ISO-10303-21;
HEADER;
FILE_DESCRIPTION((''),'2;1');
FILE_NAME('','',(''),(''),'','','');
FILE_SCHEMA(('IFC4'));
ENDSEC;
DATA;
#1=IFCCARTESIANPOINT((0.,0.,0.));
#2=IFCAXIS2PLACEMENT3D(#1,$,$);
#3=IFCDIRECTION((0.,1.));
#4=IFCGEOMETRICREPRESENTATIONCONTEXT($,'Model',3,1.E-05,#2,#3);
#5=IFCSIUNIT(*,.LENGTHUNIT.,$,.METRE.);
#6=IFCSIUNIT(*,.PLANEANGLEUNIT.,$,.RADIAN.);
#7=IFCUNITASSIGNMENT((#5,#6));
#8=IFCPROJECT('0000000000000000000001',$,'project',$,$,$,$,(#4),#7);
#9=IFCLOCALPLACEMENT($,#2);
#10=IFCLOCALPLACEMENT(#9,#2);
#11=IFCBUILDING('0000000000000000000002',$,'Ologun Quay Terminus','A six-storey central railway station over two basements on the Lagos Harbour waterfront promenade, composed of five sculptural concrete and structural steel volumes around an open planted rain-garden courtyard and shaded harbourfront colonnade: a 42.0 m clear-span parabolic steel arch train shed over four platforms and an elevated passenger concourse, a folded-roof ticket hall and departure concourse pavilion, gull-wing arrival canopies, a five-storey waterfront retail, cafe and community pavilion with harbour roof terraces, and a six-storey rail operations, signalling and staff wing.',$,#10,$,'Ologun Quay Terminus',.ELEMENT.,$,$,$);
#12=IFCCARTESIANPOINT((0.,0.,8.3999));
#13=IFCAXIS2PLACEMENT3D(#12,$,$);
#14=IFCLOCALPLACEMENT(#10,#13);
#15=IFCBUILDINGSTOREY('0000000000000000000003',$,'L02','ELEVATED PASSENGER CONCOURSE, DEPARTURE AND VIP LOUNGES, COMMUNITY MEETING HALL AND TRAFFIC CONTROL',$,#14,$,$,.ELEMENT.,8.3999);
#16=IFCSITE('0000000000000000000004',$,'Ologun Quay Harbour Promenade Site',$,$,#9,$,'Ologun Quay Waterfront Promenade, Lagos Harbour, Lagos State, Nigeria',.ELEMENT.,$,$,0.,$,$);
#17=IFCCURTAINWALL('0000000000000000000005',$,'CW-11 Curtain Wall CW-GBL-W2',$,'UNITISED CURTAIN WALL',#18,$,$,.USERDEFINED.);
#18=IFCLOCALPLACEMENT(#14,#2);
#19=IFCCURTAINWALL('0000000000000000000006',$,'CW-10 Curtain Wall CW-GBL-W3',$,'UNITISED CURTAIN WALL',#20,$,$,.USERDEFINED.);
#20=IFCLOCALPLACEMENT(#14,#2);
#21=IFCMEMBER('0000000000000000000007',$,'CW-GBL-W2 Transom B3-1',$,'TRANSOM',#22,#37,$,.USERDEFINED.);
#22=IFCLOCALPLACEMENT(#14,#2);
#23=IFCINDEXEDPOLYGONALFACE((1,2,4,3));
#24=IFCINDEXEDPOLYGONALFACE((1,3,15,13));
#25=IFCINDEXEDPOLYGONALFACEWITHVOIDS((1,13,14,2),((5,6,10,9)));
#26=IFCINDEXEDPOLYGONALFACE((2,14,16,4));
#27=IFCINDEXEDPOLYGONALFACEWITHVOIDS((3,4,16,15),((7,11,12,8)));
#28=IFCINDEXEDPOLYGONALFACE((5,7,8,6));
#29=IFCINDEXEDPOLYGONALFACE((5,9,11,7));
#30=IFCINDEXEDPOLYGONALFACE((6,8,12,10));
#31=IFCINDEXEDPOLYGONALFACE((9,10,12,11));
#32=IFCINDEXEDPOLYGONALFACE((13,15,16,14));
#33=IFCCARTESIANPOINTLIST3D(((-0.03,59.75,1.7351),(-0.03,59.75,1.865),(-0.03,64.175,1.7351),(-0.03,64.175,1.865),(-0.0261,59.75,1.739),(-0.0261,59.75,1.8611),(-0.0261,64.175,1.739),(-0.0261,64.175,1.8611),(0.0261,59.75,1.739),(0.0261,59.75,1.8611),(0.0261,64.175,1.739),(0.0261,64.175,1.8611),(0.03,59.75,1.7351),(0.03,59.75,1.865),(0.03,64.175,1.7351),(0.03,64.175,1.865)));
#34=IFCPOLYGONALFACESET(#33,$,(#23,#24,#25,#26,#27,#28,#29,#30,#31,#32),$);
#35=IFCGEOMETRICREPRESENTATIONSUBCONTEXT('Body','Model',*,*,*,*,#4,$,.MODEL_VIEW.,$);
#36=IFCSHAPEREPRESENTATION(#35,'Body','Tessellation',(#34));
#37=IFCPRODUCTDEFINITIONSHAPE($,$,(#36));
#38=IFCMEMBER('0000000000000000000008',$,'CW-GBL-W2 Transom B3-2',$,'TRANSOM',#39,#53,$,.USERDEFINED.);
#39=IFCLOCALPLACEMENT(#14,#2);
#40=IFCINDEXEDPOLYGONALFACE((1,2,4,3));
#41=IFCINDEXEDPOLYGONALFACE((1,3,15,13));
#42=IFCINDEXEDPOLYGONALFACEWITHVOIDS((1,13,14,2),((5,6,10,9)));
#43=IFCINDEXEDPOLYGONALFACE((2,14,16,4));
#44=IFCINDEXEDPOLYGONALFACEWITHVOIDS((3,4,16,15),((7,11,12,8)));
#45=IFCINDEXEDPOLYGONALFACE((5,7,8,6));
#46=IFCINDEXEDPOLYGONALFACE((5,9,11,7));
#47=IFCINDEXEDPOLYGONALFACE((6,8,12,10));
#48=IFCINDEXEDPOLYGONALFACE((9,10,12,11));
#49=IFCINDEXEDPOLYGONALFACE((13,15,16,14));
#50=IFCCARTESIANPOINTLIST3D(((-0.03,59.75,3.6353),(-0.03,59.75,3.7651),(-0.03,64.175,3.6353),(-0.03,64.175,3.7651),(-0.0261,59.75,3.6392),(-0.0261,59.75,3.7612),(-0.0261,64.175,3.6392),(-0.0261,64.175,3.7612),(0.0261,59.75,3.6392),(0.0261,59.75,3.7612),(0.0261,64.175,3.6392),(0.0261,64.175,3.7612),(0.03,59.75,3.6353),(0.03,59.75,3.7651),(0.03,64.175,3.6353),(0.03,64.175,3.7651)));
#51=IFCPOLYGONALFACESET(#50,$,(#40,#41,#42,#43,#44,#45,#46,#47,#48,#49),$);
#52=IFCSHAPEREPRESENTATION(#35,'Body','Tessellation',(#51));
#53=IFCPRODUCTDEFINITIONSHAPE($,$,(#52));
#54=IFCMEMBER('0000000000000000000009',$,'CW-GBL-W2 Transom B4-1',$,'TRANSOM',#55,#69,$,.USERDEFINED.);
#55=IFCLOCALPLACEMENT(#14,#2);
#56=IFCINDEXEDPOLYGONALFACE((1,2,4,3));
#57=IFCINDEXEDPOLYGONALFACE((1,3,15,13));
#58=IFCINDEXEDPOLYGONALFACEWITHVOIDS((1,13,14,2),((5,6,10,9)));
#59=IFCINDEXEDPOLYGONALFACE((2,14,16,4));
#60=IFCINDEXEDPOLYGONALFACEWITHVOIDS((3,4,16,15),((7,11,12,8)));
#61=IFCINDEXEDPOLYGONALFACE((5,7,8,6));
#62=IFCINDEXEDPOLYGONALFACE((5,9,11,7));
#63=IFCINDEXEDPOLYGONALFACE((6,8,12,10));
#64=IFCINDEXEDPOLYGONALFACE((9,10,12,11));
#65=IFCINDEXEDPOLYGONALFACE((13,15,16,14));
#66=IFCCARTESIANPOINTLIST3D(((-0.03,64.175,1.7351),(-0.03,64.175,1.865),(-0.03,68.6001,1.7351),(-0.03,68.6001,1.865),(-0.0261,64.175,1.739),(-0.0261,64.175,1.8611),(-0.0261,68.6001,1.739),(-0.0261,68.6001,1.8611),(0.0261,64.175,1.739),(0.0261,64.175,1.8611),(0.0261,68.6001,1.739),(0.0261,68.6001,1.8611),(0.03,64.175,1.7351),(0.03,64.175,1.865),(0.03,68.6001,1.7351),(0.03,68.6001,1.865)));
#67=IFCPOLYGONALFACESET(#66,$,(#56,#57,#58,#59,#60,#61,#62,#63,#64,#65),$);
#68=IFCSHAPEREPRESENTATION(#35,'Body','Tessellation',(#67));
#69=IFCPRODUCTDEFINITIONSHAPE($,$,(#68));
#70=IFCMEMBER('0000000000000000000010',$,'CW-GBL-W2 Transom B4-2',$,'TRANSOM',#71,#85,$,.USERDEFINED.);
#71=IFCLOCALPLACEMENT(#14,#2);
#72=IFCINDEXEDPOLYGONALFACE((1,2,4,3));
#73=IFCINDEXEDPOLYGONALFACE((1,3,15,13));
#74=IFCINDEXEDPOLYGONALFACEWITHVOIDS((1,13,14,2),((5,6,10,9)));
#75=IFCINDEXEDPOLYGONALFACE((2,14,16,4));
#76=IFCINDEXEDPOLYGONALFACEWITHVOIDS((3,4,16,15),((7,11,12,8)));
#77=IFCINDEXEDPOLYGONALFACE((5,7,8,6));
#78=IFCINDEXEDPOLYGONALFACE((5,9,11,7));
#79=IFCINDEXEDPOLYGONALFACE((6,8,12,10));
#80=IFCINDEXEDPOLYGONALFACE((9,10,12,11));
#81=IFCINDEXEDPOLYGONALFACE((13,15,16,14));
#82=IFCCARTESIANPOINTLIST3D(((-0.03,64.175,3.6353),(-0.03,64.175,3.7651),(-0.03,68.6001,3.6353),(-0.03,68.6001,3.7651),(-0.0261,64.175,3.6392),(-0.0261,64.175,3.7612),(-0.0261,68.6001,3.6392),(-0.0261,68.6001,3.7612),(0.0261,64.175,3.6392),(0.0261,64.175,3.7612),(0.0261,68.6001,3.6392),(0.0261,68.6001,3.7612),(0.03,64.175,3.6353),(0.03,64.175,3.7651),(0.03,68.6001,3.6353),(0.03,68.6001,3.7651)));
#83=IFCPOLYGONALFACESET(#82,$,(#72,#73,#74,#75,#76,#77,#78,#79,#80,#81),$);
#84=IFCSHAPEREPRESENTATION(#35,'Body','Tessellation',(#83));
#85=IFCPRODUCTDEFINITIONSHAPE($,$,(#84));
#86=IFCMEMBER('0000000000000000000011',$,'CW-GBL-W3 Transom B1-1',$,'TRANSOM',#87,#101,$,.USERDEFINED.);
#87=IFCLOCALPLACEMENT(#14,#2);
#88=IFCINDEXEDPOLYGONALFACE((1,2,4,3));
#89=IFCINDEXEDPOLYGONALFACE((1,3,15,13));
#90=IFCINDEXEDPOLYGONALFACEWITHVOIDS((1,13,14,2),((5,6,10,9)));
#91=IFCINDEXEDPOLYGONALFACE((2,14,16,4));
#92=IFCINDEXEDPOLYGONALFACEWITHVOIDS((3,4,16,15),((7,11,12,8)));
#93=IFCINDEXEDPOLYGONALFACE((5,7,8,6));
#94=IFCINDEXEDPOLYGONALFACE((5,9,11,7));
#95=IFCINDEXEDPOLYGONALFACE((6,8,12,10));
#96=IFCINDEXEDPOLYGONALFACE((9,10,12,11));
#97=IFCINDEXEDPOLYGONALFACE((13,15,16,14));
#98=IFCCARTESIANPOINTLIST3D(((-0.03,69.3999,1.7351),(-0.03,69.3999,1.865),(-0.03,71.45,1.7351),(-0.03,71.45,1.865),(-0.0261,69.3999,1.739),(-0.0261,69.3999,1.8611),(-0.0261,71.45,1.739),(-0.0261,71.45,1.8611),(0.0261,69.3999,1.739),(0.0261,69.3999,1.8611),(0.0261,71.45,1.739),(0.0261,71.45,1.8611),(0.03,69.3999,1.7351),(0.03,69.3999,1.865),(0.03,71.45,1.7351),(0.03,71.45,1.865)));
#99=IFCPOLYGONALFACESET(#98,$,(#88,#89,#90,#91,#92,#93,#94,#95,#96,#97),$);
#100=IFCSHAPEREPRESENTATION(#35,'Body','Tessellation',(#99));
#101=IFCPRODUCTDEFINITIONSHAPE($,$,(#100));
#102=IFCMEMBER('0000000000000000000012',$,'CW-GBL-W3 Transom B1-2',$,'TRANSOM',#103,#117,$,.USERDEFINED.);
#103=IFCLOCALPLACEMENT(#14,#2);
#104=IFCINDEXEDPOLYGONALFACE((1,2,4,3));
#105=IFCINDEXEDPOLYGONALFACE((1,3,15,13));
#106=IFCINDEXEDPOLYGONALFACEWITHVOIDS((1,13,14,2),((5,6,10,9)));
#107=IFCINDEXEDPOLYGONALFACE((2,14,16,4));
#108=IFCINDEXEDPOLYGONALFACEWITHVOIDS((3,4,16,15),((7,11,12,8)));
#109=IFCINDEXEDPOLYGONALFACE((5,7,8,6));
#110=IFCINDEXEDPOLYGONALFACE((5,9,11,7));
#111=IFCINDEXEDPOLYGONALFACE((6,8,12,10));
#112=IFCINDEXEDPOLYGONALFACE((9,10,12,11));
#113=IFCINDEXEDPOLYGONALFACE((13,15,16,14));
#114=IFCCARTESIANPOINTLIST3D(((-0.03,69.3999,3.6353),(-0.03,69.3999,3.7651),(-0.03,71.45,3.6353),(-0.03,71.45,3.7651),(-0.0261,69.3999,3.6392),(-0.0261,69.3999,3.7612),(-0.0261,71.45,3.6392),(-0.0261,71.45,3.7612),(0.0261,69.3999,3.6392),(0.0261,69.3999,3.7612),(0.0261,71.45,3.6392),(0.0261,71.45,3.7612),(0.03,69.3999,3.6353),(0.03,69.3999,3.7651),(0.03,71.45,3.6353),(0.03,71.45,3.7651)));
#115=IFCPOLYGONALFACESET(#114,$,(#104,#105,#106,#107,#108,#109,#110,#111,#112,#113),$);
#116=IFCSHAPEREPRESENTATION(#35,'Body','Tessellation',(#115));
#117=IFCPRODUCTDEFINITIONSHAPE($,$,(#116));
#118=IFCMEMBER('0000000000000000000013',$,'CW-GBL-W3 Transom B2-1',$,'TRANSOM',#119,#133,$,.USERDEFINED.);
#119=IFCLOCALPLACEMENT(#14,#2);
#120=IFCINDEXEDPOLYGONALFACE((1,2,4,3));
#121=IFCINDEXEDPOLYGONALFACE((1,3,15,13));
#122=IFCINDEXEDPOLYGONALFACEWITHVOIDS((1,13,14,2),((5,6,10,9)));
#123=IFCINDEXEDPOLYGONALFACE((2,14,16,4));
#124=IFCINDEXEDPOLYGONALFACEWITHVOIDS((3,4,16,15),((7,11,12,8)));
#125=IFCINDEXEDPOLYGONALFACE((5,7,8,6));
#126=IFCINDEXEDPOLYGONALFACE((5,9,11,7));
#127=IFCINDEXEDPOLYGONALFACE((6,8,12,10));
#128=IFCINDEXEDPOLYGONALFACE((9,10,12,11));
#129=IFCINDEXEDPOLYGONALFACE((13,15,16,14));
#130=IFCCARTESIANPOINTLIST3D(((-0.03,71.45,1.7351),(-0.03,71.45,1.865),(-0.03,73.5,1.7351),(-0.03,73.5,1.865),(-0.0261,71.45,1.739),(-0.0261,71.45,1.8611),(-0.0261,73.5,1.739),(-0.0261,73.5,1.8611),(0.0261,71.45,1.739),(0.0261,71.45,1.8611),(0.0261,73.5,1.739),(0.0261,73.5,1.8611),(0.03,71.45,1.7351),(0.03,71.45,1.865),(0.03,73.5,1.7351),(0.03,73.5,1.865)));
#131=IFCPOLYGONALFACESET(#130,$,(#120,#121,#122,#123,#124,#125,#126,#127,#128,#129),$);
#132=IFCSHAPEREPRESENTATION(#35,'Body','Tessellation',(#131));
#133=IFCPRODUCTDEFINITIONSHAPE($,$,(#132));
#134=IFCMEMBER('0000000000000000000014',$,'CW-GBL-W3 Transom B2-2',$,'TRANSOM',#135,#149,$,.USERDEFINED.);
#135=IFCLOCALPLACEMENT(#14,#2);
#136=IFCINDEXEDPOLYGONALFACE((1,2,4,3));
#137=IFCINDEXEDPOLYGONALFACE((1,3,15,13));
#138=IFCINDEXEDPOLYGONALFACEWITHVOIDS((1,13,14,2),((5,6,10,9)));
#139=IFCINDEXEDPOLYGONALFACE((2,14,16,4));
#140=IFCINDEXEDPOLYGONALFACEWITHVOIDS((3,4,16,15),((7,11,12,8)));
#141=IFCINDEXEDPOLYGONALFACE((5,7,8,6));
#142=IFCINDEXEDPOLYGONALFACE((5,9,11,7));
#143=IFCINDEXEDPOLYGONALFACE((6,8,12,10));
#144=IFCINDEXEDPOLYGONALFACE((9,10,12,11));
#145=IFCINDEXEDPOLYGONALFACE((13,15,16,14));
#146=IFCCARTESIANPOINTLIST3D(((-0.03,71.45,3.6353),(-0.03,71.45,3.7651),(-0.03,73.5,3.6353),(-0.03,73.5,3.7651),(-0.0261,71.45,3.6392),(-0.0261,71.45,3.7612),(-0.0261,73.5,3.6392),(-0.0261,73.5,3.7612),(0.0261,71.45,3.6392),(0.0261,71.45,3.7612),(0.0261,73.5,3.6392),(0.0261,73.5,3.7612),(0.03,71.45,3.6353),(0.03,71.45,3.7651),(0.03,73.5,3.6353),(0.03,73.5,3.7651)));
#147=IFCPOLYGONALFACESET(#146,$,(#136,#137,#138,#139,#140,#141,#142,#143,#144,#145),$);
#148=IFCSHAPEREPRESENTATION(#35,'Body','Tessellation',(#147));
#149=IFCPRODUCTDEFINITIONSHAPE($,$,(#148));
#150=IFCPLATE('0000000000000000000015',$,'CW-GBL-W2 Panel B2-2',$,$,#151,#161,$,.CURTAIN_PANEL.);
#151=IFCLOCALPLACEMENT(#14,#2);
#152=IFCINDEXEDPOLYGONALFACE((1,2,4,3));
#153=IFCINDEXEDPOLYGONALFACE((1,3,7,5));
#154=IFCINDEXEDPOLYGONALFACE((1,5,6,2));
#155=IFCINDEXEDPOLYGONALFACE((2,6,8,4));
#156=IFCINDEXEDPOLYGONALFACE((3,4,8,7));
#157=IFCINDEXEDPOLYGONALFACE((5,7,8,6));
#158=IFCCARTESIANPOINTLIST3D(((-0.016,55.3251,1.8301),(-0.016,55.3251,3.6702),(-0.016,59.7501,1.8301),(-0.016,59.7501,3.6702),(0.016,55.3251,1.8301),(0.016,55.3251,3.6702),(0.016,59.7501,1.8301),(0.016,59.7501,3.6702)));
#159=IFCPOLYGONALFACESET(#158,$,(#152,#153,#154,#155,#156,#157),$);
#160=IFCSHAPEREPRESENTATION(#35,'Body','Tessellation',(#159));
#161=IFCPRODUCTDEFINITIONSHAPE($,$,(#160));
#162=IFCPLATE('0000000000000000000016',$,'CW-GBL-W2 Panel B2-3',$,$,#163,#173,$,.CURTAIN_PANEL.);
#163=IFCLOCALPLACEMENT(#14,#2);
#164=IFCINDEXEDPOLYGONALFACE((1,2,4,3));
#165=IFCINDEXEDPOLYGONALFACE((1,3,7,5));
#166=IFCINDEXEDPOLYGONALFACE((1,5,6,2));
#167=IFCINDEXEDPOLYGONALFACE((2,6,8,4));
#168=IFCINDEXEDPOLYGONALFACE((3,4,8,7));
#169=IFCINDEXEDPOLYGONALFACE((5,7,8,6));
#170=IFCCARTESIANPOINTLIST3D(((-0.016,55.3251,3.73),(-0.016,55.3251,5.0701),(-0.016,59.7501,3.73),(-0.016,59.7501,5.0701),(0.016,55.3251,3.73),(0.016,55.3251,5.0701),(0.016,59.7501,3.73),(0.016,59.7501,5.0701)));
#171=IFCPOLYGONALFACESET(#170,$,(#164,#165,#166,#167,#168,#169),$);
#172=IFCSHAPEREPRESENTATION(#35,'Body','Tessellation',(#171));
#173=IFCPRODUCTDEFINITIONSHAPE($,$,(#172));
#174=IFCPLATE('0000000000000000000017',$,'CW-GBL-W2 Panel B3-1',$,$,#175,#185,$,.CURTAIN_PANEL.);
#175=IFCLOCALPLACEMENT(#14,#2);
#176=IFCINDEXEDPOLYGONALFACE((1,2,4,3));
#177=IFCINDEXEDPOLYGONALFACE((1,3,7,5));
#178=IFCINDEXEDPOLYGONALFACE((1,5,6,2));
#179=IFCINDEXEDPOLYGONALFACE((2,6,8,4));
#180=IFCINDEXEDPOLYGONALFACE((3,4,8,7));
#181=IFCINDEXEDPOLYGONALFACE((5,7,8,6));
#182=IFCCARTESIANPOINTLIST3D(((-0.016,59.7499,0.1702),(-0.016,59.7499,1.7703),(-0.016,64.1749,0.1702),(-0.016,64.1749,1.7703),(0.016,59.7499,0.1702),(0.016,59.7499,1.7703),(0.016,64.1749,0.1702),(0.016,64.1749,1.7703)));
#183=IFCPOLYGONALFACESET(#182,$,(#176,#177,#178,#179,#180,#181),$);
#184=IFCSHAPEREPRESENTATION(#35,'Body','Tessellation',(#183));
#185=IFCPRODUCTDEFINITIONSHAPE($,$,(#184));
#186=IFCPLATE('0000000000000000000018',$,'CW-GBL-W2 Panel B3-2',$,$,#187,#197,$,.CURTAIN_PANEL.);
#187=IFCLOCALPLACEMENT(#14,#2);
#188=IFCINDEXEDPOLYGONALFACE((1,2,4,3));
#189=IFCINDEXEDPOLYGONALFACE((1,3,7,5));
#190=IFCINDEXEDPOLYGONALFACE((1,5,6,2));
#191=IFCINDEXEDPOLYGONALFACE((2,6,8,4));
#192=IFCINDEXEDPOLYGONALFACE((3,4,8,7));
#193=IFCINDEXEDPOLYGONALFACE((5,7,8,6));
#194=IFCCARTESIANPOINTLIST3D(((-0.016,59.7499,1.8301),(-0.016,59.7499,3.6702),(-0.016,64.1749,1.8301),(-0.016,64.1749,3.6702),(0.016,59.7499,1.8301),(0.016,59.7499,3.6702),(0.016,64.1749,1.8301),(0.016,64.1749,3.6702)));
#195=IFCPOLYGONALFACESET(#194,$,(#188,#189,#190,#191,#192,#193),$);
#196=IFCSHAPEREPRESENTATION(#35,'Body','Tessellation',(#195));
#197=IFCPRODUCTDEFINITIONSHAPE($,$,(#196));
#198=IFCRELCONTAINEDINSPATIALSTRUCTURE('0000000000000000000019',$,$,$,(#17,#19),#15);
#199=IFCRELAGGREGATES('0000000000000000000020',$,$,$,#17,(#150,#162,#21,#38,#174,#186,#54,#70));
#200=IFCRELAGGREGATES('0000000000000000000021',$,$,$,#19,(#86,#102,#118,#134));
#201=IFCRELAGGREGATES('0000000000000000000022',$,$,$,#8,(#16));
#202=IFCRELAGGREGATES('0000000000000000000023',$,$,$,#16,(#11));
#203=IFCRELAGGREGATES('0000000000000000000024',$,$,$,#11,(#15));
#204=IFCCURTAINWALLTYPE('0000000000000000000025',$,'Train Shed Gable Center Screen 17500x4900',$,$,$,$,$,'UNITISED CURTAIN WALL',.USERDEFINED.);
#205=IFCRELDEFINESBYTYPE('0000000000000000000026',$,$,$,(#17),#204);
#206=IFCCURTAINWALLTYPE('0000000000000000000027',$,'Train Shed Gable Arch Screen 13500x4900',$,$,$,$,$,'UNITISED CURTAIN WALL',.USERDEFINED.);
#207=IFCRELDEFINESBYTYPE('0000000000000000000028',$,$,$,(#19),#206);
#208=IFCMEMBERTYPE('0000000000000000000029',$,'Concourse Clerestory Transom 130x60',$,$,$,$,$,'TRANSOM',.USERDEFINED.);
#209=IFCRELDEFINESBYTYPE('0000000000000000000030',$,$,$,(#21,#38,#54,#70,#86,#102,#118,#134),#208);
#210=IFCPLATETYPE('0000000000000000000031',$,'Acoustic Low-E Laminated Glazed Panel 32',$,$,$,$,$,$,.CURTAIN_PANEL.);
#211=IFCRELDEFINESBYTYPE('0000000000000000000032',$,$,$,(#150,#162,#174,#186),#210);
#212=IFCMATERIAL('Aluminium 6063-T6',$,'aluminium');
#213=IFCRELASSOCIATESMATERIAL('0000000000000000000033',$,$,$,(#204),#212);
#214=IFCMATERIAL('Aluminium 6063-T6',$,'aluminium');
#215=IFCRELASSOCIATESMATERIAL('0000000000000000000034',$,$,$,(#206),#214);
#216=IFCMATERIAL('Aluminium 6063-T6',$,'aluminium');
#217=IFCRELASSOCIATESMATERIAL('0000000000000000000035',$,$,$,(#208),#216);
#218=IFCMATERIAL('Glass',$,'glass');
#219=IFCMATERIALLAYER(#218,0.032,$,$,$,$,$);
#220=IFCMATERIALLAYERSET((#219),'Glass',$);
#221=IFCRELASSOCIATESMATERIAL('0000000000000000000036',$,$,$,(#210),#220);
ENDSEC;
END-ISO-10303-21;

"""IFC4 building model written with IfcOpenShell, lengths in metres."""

from ifc_helpers import new_model, si_unit, direction, frame, origin, origin_2d, place, context, subcontext, project, spatial, rectangle, hollow_rectangle, extrude, material, layer, layer_set, material_profile, profile_set, type_object, element, aggregate, save


model = new_model("IFC4")

# Units and contexts
model_context = context("Model", 3, precision=1e-05, world=origin(), true_north=direction((0.0, 1.0)))
body_context = subcontext(model_context, "Body", "Model", "MODEL_VIEW")
ifc_project = project(units=[si_unit("LENGTHUNIT", "METRE"), si_unit("PLANEANGLEUNIT", "RADIAN")], contexts=[model_context])

# Site, building, storey
site_placement = place(None, origin())
site = spatial("IfcSite", under=ifc_project, at=site_placement, Name="Ologun Quay Harbour Promenade Site", LongName="Ologun Quay Waterfront Promenade, Lagos Harbour, Lagos State, Nigeria", CompositionType="ELEMENT", RefElevation=0.0)
building_placement = place(site_placement, origin())
building = spatial("IfcBuilding", under=site, at=building_placement, Name="Ologun Quay Terminus", Description="A six-storey central railway station over two basements on the Lagos Harbour waterfront promenade, composed of five sculptural concrete and structural steel volumes around an open planted rain-garden courtyard and shaded harbourfront colonnade: a 42.0 m clear-span parabolic steel arch train shed over four platforms and an elevated passenger concourse, a folded-roof ticket hall and departure concourse pavilion, gull-wing arrival canopies, a five-storey waterfront retail, cafe and community pavilion with harbour roof terraces, and a six-storey rail operations, signalling and staff wing.", LongName="Ologun Quay Terminus", CompositionType="ELEMENT")
storey_placement = place(building_placement, frame((0.0, 0.0, 8.3999)))
storey = spatial("IfcBuildingStorey", under=building, at=storey_placement, Name="L02", Description="ELEVATED PASSENGER CONCOURSE, DEPARTURE AND VIP LOUNGES, COMMUNITY MEETING HALL AND TRAFFIC CONTROL", CompositionType="ELEMENT", Elevation=8.3999)

# Curtain walls
ifc_material_1 = material(Name="Aluminium 6063-T6", Category="aluminium")
curtain_wall_type_1 = type_object("IfcCurtainWallType", Name="Train Shed Gable Center Screen 17500x4900", ElementType="UNITISED CURTAIN WALL", PredefinedType="USERDEFINED", material=ifc_material_1)
curtain_wall_1_placement = place(storey_placement, origin())
curtain_wall_1 = element("IfcCurtainWall", 1, at=curtain_wall_1_placement, inside=storey, type_object=curtain_wall_type_1, Name="CW-11 Curtain Wall CW-GBL-W2", ObjectType="UNITISED CURTAIN WALL", PredefinedType="USERDEFINED")
ifc_material_2 = material(Name="Aluminium 6063-T6", Category="aluminium")
curtain_wall_type_2 = type_object("IfcCurtainWallType", Name="Train Shed Gable Arch Screen 13500x4900", ElementType="UNITISED CURTAIN WALL", PredefinedType="USERDEFINED", material=ifc_material_2)
curtain_wall_2_placement = place(storey_placement, origin())
curtain_wall_2 = element("IfcCurtainWall", 2, at=curtain_wall_2_placement, inside=storey, type_object=curtain_wall_type_2, Name="CW-10 Curtain Wall CW-GBL-W3", ObjectType="UNITISED CURTAIN WALL", PredefinedType="USERDEFINED")

# Members
ifc_material_3 = material(Name="Aluminium 6063-T6", Category="aluminium")
ifc_material_profile_1 = material_profile(ifc_material_3, hollow_rectangle(XDim=0.0601, YDim=0.1299, WallThickness=0.0039, at=origin_2d()), Name="ALU 130x60x4")
ifc_profile_set_1 = profile_set([ifc_material_profile_1], Name="Aluminium 6063-T6")
member_type_1 = type_object("IfcMemberType", Name="Concourse Clerestory Transom 130x60", ElementType="TRANSOM", PredefinedType="USERDEFINED", material=ifc_profile_set_1)
member_1_placement = place(storey_placement, frame((0.0, 59.75, 1.8), z_axis=(0.0, 1.0, 0.0), x_axis=(-1.0, 0.0, 0.0)))
member_1 = element("IfcMember", 3, at=member_1_placement, type_object=member_type_1, Name="CW-GBL-W2 Transom B3-1", ObjectType="TRANSOM", PredefinedType="USERDEFINED", context=body_context, shape_type="SweptSolid", body=[
    extrude(hollow_rectangle(XDim=0.0601, YDim=0.1299, WallThickness=0.0039, at=origin_2d()), origin(), (0.0, 0.0, 1.0), 4.425),
])
member_2_placement = place(storey_placement, frame((0.0, 59.75, 3.7002), z_axis=(0.0, 1.0, 0.0), x_axis=(-1.0, 0.0, 0.0)))
member_2 = element("IfcMember", 4, at=member_2_placement, type_object=member_type_1, Name="CW-GBL-W2 Transom B3-2", ObjectType="TRANSOM", PredefinedType="USERDEFINED", context=body_context, shape_type="SweptSolid", body=[
    extrude(hollow_rectangle(XDim=0.0601, YDim=0.1299, WallThickness=0.0039, at=origin_2d()), origin(), (0.0, 0.0, 1.0), 4.425),
])
member_3_placement = place(storey_placement, frame((0.0, 64.175, 1.8), z_axis=(0.0, 1.0, 0.0), x_axis=(-1.0, 0.0, 0.0)))
member_3 = element("IfcMember", 5, at=member_3_placement, type_object=member_type_1, Name="CW-GBL-W2 Transom B4-1", ObjectType="TRANSOM", PredefinedType="USERDEFINED", context=body_context, shape_type="SweptSolid", body=[
    extrude(hollow_rectangle(XDim=0.0601, YDim=0.1299, WallThickness=0.0039, at=origin_2d()), origin(), (0.0, 0.0, 1.0), 4.425),
])
member_4_placement = place(storey_placement, frame((0.0, 64.175, 3.7002), z_axis=(0.0, 1.0, 0.0), x_axis=(-1.0, 0.0, 0.0)))
member_4 = element("IfcMember", 6, at=member_4_placement, type_object=member_type_1, Name="CW-GBL-W2 Transom B4-2", ObjectType="TRANSOM", PredefinedType="USERDEFINED", context=body_context, shape_type="SweptSolid", body=[
    extrude(hollow_rectangle(XDim=0.0601, YDim=0.1299, WallThickness=0.0039, at=origin_2d()), origin(), (0.0, 0.0, 1.0), 4.425),
])
member_5_placement = place(storey_placement, frame((0.0, 69.3999, 1.8), z_axis=(0.0, 1.0, 0.0), x_axis=(-1.0, 0.0, 0.0)))
member_5 = element("IfcMember", 7, at=member_5_placement, type_object=member_type_1, Name="CW-GBL-W3 Transom B1-1", ObjectType="TRANSOM", PredefinedType="USERDEFINED", context=body_context, shape_type="SweptSolid", body=[
    extrude(hollow_rectangle(XDim=0.0601, YDim=0.1299, WallThickness=0.0039, at=origin_2d()), origin(), (0.0, 0.0, 1.0), 2.05),
])
member_6_placement = place(storey_placement, frame((0.0, 69.3999, 3.7002), z_axis=(0.0, 1.0, 0.0), x_axis=(-1.0, 0.0, 0.0)))
member_6 = element("IfcMember", 8, at=member_6_placement, type_object=member_type_1, Name="CW-GBL-W3 Transom B1-2", ObjectType="TRANSOM", PredefinedType="USERDEFINED", context=body_context, shape_type="SweptSolid", body=[
    extrude(hollow_rectangle(XDim=0.0601, YDim=0.1299, WallThickness=0.0039, at=origin_2d()), origin(), (0.0, 0.0, 1.0), 2.05),
])
member_7_placement = place(storey_placement, frame((0.0, 71.45, 1.8), z_axis=(0.0, 1.0, 0.0), x_axis=(-1.0, 0.0, 0.0)))
member_7 = element("IfcMember", 9, at=member_7_placement, type_object=member_type_1, Name="CW-GBL-W3 Transom B2-1", ObjectType="TRANSOM", PredefinedType="USERDEFINED", context=body_context, shape_type="SweptSolid", body=[
    extrude(hollow_rectangle(XDim=0.0601, YDim=0.1299, WallThickness=0.0039, at=origin_2d()), origin(), (0.0, 0.0, 1.0), 2.05),
])
member_8_placement = place(storey_placement, frame((0.0, 71.45, 3.7002), z_axis=(0.0, 1.0, 0.0), x_axis=(-1.0, 0.0, 0.0)))
member_8 = element("IfcMember", 10, at=member_8_placement, type_object=member_type_1, Name="CW-GBL-W3 Transom B2-2", ObjectType="TRANSOM", PredefinedType="USERDEFINED", context=body_context, shape_type="SweptSolid", body=[
    extrude(hollow_rectangle(XDim=0.0601, YDim=0.1299, WallThickness=0.0039, at=origin_2d()), origin(), (0.0, 0.0, 1.0), 2.05),
])

# Plates
ifc_material_4 = material(Name="Glass", Category="glass")
ifc_layer_1 = layer(ifc_material_4, 0.032)
ifc_layer_set_1 = layer_set([ifc_layer_1], Name="Glass")
plate_type_1 = type_object("IfcPlateType", Name="Acoustic Low-E Laminated Glazed Panel 32", PredefinedType="CURTAIN_PANEL", material=ifc_layer_set_1)
plate_1_placement = place(storey_placement, frame((0.0, 57.5376, 1.8301), z_axis=(0.0, 0.0, 1.0), x_axis=(0.0, 1.0, 0.0)))
plate_1 = element("IfcPlate", 11, at=plate_1_placement, type_object=plate_type_1, Name="CW-GBL-W2 Panel B2-2", PredefinedType="CURTAIN_PANEL", context=body_context, shape_type="SweptSolid", body=[
    extrude(rectangle(XDim=4.425, YDim=0.032, at=origin_2d()), origin(), (0.0, 0.0, 1.0), 1.8401),
])
plate_2_placement = place(storey_placement, frame((0.0, 57.5376, 3.73), z_axis=(0.0, 0.0, 1.0), x_axis=(0.0, 1.0, 0.0)))
plate_2 = element("IfcPlate", 12, at=plate_2_placement, type_object=plate_type_1, Name="CW-GBL-W2 Panel B2-3", PredefinedType="CURTAIN_PANEL", context=body_context, shape_type="SweptSolid", body=[
    extrude(rectangle(XDim=4.425, YDim=0.032, at=origin_2d()), origin(), (0.0, 0.0, 1.0), 1.3401),
])
plate_3_placement = place(storey_placement, frame((0.0, 61.9624, 0.1702), z_axis=(0.0, 0.0, 1.0), x_axis=(0.0, 1.0, 0.0)))
plate_3 = element("IfcPlate", 13, at=plate_3_placement, type_object=plate_type_1, Name="CW-GBL-W2 Panel B3-1", PredefinedType="CURTAIN_PANEL", context=body_context, shape_type="SweptSolid", body=[
    extrude(rectangle(XDim=4.425, YDim=0.032, at=origin_2d()), origin(), (0.0, 0.0, 1.0), 1.6001),
])
plate_4_placement = place(storey_placement, frame((0.0, 61.9624, 1.8301), z_axis=(0.0, 0.0, 1.0), x_axis=(0.0, 1.0, 0.0)))
plate_4 = element("IfcPlate", 14, at=plate_4_placement, type_object=plate_type_1, Name="CW-GBL-W2 Panel B3-2", PredefinedType="CURTAIN_PANEL", context=body_context, shape_type="SweptSolid", body=[
    extrude(rectangle(XDim=4.425, YDim=0.032, at=origin_2d()), origin(), (0.0, 0.0, 1.0), 1.8401),
])
aggregate(curtain_wall_1, [plate_1, plate_2, member_1, member_2, plate_3, plate_4, member_3, member_4])
aggregate(curtain_wall_2, [member_5, member_6, member_7, member_8])

save(model, "model.ifc")
